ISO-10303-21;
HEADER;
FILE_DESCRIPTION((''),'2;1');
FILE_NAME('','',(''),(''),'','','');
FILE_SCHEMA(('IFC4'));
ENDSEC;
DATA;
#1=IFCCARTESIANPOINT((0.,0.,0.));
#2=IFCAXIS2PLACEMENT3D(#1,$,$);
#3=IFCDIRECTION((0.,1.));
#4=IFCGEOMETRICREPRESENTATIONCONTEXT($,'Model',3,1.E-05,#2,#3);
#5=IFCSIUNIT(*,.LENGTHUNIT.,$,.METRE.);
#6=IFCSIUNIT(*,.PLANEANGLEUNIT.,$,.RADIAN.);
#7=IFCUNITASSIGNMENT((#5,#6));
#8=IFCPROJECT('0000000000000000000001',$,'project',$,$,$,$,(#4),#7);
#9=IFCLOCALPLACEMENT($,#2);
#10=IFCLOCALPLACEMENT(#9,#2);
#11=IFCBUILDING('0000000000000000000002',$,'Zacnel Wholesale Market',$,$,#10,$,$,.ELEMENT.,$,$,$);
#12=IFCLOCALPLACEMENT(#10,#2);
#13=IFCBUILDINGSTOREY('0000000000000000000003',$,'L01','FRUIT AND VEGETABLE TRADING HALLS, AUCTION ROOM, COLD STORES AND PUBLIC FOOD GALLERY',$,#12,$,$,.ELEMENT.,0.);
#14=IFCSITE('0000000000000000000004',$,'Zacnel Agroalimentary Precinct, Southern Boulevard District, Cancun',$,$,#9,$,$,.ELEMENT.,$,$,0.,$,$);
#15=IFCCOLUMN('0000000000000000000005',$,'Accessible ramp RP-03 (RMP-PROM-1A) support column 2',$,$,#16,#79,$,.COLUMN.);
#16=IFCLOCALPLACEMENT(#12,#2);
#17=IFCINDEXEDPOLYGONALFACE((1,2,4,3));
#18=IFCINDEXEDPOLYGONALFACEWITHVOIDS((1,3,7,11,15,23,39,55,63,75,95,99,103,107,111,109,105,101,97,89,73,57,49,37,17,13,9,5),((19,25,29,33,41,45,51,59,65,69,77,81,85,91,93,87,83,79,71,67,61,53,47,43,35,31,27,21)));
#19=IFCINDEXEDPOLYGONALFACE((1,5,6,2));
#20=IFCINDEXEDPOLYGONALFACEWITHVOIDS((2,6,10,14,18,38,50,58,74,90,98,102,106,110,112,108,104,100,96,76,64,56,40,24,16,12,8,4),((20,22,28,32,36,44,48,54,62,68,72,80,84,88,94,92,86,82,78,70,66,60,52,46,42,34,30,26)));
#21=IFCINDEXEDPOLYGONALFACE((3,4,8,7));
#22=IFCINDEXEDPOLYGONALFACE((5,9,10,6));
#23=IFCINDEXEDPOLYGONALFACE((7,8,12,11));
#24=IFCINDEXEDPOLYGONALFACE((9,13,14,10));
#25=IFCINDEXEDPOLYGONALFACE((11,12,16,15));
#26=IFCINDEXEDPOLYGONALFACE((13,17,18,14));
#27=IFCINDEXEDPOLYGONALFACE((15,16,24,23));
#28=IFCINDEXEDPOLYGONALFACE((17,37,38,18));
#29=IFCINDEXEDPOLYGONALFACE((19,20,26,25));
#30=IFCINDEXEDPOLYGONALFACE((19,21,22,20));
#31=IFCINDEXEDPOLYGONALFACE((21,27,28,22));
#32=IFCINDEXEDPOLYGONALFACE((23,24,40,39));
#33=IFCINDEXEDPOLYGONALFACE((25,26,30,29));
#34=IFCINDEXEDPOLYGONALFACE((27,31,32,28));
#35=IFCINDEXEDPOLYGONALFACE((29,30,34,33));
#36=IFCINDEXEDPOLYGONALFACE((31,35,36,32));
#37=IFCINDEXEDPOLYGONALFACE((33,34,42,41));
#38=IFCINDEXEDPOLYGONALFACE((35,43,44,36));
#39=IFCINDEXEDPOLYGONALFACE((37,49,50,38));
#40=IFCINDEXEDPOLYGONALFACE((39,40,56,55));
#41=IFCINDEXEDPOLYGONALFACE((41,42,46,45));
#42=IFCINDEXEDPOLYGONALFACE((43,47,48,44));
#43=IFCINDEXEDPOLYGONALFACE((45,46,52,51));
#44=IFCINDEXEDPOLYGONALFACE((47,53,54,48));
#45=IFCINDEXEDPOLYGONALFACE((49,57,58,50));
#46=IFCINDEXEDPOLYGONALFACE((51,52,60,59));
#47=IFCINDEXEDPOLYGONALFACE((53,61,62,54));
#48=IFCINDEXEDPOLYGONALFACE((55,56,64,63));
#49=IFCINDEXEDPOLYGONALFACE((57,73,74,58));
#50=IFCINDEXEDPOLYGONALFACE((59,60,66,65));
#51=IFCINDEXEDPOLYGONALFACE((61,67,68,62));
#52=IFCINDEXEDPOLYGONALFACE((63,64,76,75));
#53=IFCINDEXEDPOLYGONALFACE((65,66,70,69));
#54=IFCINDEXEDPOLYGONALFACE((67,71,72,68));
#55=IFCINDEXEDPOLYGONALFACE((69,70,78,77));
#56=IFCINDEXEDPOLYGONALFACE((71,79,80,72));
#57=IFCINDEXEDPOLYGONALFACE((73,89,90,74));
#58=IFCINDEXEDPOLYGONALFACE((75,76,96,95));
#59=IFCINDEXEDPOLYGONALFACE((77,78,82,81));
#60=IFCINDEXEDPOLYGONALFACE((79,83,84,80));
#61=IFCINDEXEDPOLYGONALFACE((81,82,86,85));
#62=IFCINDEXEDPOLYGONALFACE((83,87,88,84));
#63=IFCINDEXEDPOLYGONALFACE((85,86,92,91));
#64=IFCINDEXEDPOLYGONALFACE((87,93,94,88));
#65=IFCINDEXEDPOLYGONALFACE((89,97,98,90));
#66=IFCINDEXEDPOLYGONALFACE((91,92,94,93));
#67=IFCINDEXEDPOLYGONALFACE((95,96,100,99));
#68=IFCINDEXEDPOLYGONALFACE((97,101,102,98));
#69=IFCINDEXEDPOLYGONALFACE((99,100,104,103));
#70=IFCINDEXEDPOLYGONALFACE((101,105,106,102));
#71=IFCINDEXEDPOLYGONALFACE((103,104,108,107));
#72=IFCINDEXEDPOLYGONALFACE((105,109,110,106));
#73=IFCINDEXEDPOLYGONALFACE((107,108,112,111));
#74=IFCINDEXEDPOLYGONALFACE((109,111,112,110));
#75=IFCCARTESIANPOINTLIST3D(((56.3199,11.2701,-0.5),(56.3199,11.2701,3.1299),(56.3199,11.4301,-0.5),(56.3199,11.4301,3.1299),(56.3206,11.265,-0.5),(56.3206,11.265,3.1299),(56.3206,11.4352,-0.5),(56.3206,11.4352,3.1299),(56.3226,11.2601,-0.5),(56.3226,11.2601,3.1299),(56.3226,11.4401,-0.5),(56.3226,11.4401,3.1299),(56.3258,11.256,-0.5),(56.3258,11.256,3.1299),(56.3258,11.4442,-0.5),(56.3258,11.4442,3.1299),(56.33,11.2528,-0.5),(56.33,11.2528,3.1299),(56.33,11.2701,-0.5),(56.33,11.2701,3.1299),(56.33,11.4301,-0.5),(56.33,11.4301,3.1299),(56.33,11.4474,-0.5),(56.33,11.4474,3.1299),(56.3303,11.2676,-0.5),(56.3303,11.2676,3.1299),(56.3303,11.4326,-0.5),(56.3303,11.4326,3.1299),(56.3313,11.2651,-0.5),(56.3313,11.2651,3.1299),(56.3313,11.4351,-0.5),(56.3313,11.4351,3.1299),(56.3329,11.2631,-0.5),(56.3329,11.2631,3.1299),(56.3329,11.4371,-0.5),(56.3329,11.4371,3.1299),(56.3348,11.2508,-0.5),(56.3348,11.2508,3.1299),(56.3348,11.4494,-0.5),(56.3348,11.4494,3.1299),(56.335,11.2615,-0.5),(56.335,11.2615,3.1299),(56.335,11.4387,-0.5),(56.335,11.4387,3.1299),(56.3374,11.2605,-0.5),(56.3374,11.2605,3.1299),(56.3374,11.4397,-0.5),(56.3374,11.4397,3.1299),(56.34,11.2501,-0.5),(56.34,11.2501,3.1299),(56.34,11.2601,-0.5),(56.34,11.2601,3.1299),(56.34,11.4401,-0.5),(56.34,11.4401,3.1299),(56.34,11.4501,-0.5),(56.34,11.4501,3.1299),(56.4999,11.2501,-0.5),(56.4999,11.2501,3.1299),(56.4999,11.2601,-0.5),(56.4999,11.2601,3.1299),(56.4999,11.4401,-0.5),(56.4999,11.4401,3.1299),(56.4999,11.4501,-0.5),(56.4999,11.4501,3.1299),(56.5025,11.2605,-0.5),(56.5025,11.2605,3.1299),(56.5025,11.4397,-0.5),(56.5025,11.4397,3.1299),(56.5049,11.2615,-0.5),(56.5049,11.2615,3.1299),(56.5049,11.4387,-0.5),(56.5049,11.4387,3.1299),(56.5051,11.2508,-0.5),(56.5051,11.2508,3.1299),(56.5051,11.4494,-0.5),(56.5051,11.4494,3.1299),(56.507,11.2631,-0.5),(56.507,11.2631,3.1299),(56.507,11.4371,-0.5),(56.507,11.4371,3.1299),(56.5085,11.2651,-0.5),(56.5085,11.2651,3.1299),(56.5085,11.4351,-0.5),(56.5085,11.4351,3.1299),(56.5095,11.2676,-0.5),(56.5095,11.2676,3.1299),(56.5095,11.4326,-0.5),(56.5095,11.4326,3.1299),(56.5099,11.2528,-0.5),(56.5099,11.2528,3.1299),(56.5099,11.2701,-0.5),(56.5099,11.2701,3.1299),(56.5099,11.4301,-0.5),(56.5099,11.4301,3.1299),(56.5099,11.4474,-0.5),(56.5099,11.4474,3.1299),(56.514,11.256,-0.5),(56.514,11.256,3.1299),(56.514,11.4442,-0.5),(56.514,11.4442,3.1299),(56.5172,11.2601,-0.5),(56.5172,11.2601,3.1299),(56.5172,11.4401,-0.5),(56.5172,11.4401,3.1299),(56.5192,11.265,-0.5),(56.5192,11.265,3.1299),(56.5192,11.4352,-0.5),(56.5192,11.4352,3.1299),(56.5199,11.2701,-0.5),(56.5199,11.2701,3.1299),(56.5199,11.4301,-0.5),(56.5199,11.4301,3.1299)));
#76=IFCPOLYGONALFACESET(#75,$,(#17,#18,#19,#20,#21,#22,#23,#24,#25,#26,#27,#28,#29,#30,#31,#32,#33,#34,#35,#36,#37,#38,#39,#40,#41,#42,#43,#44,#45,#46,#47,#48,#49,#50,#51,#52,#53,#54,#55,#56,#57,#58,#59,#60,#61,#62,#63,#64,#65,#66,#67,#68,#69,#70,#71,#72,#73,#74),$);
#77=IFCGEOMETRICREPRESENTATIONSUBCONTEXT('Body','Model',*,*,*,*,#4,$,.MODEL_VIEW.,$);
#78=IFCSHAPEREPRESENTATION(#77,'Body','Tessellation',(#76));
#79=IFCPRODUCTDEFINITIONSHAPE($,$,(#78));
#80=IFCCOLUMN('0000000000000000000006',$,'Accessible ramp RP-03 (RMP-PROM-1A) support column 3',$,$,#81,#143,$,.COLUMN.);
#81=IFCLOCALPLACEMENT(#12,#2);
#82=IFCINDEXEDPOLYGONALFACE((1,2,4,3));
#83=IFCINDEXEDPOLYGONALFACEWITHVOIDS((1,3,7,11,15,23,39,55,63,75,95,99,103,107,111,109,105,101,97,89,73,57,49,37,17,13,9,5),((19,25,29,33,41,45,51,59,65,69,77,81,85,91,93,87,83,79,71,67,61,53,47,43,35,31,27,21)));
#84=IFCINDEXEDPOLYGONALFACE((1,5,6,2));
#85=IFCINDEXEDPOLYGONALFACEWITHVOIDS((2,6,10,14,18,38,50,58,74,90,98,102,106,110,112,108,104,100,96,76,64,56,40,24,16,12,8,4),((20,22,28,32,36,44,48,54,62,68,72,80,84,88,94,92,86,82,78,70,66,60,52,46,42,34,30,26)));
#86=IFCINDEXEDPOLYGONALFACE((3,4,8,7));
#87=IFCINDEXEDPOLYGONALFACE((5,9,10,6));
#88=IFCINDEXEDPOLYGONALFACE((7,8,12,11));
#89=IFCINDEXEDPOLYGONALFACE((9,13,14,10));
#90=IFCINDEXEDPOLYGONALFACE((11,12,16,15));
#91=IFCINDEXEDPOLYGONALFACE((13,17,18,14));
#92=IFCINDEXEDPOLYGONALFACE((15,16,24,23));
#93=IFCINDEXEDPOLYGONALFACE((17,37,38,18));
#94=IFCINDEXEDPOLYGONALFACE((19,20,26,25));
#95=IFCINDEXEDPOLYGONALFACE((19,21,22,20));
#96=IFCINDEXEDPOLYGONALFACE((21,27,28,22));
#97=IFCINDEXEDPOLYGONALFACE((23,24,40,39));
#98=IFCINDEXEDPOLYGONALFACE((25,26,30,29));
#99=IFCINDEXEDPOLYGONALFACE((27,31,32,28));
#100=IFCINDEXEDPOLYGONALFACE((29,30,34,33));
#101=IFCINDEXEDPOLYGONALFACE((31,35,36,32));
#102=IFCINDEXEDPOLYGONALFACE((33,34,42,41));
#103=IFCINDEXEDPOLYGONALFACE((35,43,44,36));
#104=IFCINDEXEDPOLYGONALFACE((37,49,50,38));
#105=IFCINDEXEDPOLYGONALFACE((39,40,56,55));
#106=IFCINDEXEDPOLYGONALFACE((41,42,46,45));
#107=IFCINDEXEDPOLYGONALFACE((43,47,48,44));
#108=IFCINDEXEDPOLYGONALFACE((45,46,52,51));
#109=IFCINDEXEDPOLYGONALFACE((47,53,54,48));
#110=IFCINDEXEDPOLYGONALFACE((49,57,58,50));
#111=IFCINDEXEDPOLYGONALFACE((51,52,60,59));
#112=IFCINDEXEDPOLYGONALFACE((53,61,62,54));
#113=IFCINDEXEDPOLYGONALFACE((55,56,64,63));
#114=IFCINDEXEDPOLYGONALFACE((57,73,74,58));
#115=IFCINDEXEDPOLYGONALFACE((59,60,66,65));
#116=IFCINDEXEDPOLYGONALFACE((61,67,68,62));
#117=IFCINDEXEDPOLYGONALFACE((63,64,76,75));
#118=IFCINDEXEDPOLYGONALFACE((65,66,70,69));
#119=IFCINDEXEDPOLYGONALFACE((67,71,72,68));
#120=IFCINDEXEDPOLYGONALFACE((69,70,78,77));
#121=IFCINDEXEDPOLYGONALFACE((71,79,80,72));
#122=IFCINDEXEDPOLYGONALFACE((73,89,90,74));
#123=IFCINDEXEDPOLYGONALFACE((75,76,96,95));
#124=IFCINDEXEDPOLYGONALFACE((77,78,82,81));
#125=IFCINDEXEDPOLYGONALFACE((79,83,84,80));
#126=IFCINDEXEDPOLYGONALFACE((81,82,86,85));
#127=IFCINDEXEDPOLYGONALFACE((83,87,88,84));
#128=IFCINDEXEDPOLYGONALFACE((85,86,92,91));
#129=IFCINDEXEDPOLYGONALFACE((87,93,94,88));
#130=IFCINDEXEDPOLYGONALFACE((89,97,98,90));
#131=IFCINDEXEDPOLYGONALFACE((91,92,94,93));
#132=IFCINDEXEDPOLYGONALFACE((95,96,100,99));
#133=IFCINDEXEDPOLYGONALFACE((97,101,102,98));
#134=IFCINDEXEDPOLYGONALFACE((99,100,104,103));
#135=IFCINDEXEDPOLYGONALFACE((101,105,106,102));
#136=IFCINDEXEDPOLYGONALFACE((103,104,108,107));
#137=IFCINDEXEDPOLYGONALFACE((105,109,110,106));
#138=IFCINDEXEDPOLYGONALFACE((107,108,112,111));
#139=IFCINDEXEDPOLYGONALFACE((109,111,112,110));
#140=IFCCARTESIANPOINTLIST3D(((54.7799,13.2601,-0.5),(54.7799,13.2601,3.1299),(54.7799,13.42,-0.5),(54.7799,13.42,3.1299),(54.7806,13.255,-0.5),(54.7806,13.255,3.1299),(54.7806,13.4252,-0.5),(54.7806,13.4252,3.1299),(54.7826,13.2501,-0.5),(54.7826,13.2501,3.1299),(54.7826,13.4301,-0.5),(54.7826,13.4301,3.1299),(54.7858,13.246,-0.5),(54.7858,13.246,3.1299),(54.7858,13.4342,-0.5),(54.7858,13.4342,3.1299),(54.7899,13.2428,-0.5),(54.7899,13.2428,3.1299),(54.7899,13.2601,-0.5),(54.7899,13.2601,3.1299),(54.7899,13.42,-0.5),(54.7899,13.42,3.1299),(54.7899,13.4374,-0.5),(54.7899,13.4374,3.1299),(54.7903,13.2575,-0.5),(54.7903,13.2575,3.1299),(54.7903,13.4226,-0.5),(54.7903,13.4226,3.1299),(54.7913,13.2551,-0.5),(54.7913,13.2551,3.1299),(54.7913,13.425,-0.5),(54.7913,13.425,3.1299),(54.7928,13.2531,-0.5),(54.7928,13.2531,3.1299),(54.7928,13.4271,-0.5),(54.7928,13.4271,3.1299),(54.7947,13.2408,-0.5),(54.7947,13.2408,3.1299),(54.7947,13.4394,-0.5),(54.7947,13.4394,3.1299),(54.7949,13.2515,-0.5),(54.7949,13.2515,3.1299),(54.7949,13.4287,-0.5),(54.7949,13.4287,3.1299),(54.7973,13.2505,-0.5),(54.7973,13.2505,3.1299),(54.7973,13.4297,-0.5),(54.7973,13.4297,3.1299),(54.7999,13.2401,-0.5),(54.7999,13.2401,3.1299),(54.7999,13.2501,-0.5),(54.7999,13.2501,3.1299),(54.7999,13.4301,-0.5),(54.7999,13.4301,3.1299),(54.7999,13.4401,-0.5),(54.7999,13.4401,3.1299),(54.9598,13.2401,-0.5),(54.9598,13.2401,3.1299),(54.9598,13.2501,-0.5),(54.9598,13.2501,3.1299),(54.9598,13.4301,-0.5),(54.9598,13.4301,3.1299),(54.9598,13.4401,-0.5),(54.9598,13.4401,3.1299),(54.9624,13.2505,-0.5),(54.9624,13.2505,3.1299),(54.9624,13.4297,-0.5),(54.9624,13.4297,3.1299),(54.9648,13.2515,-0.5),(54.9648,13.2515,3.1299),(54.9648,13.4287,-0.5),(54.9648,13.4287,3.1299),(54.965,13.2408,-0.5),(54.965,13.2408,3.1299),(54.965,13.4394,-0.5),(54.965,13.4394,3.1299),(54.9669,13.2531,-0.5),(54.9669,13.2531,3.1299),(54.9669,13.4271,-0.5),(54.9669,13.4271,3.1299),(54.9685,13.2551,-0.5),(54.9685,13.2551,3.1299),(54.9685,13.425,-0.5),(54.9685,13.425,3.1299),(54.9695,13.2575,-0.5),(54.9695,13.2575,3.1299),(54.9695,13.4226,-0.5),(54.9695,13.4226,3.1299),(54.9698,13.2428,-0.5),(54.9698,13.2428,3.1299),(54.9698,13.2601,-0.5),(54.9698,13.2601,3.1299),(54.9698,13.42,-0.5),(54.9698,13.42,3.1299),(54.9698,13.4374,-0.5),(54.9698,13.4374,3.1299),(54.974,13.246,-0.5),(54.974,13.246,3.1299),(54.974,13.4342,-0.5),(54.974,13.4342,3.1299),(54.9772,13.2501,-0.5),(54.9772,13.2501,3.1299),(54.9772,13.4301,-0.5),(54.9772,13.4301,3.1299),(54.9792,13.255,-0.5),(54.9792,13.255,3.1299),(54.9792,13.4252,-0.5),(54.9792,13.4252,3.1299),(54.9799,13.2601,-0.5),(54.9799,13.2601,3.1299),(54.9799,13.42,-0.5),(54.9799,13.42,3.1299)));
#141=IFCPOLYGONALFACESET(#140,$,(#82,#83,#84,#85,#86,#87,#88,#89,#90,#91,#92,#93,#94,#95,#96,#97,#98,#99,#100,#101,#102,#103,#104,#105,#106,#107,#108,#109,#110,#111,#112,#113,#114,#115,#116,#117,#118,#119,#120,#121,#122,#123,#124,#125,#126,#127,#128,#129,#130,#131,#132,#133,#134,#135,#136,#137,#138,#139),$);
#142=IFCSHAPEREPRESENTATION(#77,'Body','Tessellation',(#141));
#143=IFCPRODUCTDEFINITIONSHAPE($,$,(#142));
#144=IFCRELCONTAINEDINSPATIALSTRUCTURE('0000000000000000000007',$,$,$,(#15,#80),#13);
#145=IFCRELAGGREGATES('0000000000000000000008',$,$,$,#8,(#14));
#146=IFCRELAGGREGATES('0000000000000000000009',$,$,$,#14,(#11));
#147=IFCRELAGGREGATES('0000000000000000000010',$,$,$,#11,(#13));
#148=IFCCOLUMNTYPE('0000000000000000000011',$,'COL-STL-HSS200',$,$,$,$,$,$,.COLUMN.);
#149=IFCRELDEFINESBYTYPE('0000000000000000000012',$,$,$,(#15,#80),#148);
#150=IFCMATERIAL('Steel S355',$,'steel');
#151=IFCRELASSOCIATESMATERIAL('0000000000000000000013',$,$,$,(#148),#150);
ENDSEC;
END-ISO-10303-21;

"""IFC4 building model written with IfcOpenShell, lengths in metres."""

from ifc_helpers import new_model, si_unit, direction, frame, origin, origin_2d, place, context, subcontext, project, spatial, hollow_rectangle, extrude, material, material_profile, profile_set, type_object, element, save


model = new_model("IFC4")

# Units and contexts
model_context = context("Model", 3, precision=1e-05, world=origin(), true_north=direction((0.0, 1.0)))
body_context = subcontext(model_context, "Body", "Model", "MODEL_VIEW")
ifc_project = project(units=[si_unit("LENGTHUNIT", "METRE"), si_unit("PLANEANGLEUNIT", "RADIAN")], contexts=[model_context])

# Site, building, storey
site_placement = place(None, origin())
site = spatial("IfcSite", under=ifc_project, at=site_placement, Name="Zacnel Agroalimentary Precinct, Southern Boulevard District, Cancun", CompositionType="ELEMENT", RefElevation=0.0)
building_placement = place(site_placement, origin())
building = spatial("IfcBuilding", under=site, at=building_placement, Name="Zacnel Wholesale Market", CompositionType="ELEMENT")
storey_placement = place(building_placement, origin())
storey = spatial("IfcBuildingStorey", under=building, at=storey_placement, Name="L01", Description="FRUIT AND VEGETABLE TRADING HALLS, AUCTION ROOM, COLD STORES AND PUBLIC FOOD GALLERY", CompositionType="ELEMENT", Elevation=0.0)

# Columns
ifc_material_1 = material(Name="Steel S355", Category="steel")
ifc_material_profile_1 = material_profile(ifc_material_1, hollow_rectangle(XDim=0.2, YDim=0.2, WallThickness=0.01, InnerFilletRadius=0.01, OuterFilletRadius=0.02, at=origin_2d()), Name="HSS 200x200x10")
ifc_profile_set_1 = profile_set([ifc_material_profile_1], Name="Steel S355")
column_type_1 = type_object("IfcColumnType", Name="COL-STL-HSS200", PredefinedType="COLUMN", material=ifc_profile_set_1)
for number, where, z_axis, x_axis, name in (
    (1, (56.4199, 11.3501, -0.5), (0.0, 0.0, 1.0), (1.0, 0.0, 0.0), "Accessible ramp RP-03 (RMP-PROM-1A) support column 2"),
    (2, (54.8799, 13.3401, -0.5), (0.0, 0.0, 1.0), (1.0, 0.0, 0.0), "Accessible ramp RP-03 (RMP-PROM-1A) support column 3"),
):
    element("IfcColumn", number, at=place(storey_placement, frame(where, z_axis=z_axis, x_axis=x_axis)), inside=storey, type_object=column_type_1, Name=name, PredefinedType="COLUMN", context=body_context, shape_type="SweptSolid", body=[
        extrude(hollow_rectangle(XDim=0.2, YDim=0.2, WallThickness=0.01, InnerFilletRadius=0.01, OuterFilletRadius=0.02, at=origin_2d()), origin(), (0.0, 0.0, 1.0), 3.6299),
    ])

save(model, "model.ifc")
